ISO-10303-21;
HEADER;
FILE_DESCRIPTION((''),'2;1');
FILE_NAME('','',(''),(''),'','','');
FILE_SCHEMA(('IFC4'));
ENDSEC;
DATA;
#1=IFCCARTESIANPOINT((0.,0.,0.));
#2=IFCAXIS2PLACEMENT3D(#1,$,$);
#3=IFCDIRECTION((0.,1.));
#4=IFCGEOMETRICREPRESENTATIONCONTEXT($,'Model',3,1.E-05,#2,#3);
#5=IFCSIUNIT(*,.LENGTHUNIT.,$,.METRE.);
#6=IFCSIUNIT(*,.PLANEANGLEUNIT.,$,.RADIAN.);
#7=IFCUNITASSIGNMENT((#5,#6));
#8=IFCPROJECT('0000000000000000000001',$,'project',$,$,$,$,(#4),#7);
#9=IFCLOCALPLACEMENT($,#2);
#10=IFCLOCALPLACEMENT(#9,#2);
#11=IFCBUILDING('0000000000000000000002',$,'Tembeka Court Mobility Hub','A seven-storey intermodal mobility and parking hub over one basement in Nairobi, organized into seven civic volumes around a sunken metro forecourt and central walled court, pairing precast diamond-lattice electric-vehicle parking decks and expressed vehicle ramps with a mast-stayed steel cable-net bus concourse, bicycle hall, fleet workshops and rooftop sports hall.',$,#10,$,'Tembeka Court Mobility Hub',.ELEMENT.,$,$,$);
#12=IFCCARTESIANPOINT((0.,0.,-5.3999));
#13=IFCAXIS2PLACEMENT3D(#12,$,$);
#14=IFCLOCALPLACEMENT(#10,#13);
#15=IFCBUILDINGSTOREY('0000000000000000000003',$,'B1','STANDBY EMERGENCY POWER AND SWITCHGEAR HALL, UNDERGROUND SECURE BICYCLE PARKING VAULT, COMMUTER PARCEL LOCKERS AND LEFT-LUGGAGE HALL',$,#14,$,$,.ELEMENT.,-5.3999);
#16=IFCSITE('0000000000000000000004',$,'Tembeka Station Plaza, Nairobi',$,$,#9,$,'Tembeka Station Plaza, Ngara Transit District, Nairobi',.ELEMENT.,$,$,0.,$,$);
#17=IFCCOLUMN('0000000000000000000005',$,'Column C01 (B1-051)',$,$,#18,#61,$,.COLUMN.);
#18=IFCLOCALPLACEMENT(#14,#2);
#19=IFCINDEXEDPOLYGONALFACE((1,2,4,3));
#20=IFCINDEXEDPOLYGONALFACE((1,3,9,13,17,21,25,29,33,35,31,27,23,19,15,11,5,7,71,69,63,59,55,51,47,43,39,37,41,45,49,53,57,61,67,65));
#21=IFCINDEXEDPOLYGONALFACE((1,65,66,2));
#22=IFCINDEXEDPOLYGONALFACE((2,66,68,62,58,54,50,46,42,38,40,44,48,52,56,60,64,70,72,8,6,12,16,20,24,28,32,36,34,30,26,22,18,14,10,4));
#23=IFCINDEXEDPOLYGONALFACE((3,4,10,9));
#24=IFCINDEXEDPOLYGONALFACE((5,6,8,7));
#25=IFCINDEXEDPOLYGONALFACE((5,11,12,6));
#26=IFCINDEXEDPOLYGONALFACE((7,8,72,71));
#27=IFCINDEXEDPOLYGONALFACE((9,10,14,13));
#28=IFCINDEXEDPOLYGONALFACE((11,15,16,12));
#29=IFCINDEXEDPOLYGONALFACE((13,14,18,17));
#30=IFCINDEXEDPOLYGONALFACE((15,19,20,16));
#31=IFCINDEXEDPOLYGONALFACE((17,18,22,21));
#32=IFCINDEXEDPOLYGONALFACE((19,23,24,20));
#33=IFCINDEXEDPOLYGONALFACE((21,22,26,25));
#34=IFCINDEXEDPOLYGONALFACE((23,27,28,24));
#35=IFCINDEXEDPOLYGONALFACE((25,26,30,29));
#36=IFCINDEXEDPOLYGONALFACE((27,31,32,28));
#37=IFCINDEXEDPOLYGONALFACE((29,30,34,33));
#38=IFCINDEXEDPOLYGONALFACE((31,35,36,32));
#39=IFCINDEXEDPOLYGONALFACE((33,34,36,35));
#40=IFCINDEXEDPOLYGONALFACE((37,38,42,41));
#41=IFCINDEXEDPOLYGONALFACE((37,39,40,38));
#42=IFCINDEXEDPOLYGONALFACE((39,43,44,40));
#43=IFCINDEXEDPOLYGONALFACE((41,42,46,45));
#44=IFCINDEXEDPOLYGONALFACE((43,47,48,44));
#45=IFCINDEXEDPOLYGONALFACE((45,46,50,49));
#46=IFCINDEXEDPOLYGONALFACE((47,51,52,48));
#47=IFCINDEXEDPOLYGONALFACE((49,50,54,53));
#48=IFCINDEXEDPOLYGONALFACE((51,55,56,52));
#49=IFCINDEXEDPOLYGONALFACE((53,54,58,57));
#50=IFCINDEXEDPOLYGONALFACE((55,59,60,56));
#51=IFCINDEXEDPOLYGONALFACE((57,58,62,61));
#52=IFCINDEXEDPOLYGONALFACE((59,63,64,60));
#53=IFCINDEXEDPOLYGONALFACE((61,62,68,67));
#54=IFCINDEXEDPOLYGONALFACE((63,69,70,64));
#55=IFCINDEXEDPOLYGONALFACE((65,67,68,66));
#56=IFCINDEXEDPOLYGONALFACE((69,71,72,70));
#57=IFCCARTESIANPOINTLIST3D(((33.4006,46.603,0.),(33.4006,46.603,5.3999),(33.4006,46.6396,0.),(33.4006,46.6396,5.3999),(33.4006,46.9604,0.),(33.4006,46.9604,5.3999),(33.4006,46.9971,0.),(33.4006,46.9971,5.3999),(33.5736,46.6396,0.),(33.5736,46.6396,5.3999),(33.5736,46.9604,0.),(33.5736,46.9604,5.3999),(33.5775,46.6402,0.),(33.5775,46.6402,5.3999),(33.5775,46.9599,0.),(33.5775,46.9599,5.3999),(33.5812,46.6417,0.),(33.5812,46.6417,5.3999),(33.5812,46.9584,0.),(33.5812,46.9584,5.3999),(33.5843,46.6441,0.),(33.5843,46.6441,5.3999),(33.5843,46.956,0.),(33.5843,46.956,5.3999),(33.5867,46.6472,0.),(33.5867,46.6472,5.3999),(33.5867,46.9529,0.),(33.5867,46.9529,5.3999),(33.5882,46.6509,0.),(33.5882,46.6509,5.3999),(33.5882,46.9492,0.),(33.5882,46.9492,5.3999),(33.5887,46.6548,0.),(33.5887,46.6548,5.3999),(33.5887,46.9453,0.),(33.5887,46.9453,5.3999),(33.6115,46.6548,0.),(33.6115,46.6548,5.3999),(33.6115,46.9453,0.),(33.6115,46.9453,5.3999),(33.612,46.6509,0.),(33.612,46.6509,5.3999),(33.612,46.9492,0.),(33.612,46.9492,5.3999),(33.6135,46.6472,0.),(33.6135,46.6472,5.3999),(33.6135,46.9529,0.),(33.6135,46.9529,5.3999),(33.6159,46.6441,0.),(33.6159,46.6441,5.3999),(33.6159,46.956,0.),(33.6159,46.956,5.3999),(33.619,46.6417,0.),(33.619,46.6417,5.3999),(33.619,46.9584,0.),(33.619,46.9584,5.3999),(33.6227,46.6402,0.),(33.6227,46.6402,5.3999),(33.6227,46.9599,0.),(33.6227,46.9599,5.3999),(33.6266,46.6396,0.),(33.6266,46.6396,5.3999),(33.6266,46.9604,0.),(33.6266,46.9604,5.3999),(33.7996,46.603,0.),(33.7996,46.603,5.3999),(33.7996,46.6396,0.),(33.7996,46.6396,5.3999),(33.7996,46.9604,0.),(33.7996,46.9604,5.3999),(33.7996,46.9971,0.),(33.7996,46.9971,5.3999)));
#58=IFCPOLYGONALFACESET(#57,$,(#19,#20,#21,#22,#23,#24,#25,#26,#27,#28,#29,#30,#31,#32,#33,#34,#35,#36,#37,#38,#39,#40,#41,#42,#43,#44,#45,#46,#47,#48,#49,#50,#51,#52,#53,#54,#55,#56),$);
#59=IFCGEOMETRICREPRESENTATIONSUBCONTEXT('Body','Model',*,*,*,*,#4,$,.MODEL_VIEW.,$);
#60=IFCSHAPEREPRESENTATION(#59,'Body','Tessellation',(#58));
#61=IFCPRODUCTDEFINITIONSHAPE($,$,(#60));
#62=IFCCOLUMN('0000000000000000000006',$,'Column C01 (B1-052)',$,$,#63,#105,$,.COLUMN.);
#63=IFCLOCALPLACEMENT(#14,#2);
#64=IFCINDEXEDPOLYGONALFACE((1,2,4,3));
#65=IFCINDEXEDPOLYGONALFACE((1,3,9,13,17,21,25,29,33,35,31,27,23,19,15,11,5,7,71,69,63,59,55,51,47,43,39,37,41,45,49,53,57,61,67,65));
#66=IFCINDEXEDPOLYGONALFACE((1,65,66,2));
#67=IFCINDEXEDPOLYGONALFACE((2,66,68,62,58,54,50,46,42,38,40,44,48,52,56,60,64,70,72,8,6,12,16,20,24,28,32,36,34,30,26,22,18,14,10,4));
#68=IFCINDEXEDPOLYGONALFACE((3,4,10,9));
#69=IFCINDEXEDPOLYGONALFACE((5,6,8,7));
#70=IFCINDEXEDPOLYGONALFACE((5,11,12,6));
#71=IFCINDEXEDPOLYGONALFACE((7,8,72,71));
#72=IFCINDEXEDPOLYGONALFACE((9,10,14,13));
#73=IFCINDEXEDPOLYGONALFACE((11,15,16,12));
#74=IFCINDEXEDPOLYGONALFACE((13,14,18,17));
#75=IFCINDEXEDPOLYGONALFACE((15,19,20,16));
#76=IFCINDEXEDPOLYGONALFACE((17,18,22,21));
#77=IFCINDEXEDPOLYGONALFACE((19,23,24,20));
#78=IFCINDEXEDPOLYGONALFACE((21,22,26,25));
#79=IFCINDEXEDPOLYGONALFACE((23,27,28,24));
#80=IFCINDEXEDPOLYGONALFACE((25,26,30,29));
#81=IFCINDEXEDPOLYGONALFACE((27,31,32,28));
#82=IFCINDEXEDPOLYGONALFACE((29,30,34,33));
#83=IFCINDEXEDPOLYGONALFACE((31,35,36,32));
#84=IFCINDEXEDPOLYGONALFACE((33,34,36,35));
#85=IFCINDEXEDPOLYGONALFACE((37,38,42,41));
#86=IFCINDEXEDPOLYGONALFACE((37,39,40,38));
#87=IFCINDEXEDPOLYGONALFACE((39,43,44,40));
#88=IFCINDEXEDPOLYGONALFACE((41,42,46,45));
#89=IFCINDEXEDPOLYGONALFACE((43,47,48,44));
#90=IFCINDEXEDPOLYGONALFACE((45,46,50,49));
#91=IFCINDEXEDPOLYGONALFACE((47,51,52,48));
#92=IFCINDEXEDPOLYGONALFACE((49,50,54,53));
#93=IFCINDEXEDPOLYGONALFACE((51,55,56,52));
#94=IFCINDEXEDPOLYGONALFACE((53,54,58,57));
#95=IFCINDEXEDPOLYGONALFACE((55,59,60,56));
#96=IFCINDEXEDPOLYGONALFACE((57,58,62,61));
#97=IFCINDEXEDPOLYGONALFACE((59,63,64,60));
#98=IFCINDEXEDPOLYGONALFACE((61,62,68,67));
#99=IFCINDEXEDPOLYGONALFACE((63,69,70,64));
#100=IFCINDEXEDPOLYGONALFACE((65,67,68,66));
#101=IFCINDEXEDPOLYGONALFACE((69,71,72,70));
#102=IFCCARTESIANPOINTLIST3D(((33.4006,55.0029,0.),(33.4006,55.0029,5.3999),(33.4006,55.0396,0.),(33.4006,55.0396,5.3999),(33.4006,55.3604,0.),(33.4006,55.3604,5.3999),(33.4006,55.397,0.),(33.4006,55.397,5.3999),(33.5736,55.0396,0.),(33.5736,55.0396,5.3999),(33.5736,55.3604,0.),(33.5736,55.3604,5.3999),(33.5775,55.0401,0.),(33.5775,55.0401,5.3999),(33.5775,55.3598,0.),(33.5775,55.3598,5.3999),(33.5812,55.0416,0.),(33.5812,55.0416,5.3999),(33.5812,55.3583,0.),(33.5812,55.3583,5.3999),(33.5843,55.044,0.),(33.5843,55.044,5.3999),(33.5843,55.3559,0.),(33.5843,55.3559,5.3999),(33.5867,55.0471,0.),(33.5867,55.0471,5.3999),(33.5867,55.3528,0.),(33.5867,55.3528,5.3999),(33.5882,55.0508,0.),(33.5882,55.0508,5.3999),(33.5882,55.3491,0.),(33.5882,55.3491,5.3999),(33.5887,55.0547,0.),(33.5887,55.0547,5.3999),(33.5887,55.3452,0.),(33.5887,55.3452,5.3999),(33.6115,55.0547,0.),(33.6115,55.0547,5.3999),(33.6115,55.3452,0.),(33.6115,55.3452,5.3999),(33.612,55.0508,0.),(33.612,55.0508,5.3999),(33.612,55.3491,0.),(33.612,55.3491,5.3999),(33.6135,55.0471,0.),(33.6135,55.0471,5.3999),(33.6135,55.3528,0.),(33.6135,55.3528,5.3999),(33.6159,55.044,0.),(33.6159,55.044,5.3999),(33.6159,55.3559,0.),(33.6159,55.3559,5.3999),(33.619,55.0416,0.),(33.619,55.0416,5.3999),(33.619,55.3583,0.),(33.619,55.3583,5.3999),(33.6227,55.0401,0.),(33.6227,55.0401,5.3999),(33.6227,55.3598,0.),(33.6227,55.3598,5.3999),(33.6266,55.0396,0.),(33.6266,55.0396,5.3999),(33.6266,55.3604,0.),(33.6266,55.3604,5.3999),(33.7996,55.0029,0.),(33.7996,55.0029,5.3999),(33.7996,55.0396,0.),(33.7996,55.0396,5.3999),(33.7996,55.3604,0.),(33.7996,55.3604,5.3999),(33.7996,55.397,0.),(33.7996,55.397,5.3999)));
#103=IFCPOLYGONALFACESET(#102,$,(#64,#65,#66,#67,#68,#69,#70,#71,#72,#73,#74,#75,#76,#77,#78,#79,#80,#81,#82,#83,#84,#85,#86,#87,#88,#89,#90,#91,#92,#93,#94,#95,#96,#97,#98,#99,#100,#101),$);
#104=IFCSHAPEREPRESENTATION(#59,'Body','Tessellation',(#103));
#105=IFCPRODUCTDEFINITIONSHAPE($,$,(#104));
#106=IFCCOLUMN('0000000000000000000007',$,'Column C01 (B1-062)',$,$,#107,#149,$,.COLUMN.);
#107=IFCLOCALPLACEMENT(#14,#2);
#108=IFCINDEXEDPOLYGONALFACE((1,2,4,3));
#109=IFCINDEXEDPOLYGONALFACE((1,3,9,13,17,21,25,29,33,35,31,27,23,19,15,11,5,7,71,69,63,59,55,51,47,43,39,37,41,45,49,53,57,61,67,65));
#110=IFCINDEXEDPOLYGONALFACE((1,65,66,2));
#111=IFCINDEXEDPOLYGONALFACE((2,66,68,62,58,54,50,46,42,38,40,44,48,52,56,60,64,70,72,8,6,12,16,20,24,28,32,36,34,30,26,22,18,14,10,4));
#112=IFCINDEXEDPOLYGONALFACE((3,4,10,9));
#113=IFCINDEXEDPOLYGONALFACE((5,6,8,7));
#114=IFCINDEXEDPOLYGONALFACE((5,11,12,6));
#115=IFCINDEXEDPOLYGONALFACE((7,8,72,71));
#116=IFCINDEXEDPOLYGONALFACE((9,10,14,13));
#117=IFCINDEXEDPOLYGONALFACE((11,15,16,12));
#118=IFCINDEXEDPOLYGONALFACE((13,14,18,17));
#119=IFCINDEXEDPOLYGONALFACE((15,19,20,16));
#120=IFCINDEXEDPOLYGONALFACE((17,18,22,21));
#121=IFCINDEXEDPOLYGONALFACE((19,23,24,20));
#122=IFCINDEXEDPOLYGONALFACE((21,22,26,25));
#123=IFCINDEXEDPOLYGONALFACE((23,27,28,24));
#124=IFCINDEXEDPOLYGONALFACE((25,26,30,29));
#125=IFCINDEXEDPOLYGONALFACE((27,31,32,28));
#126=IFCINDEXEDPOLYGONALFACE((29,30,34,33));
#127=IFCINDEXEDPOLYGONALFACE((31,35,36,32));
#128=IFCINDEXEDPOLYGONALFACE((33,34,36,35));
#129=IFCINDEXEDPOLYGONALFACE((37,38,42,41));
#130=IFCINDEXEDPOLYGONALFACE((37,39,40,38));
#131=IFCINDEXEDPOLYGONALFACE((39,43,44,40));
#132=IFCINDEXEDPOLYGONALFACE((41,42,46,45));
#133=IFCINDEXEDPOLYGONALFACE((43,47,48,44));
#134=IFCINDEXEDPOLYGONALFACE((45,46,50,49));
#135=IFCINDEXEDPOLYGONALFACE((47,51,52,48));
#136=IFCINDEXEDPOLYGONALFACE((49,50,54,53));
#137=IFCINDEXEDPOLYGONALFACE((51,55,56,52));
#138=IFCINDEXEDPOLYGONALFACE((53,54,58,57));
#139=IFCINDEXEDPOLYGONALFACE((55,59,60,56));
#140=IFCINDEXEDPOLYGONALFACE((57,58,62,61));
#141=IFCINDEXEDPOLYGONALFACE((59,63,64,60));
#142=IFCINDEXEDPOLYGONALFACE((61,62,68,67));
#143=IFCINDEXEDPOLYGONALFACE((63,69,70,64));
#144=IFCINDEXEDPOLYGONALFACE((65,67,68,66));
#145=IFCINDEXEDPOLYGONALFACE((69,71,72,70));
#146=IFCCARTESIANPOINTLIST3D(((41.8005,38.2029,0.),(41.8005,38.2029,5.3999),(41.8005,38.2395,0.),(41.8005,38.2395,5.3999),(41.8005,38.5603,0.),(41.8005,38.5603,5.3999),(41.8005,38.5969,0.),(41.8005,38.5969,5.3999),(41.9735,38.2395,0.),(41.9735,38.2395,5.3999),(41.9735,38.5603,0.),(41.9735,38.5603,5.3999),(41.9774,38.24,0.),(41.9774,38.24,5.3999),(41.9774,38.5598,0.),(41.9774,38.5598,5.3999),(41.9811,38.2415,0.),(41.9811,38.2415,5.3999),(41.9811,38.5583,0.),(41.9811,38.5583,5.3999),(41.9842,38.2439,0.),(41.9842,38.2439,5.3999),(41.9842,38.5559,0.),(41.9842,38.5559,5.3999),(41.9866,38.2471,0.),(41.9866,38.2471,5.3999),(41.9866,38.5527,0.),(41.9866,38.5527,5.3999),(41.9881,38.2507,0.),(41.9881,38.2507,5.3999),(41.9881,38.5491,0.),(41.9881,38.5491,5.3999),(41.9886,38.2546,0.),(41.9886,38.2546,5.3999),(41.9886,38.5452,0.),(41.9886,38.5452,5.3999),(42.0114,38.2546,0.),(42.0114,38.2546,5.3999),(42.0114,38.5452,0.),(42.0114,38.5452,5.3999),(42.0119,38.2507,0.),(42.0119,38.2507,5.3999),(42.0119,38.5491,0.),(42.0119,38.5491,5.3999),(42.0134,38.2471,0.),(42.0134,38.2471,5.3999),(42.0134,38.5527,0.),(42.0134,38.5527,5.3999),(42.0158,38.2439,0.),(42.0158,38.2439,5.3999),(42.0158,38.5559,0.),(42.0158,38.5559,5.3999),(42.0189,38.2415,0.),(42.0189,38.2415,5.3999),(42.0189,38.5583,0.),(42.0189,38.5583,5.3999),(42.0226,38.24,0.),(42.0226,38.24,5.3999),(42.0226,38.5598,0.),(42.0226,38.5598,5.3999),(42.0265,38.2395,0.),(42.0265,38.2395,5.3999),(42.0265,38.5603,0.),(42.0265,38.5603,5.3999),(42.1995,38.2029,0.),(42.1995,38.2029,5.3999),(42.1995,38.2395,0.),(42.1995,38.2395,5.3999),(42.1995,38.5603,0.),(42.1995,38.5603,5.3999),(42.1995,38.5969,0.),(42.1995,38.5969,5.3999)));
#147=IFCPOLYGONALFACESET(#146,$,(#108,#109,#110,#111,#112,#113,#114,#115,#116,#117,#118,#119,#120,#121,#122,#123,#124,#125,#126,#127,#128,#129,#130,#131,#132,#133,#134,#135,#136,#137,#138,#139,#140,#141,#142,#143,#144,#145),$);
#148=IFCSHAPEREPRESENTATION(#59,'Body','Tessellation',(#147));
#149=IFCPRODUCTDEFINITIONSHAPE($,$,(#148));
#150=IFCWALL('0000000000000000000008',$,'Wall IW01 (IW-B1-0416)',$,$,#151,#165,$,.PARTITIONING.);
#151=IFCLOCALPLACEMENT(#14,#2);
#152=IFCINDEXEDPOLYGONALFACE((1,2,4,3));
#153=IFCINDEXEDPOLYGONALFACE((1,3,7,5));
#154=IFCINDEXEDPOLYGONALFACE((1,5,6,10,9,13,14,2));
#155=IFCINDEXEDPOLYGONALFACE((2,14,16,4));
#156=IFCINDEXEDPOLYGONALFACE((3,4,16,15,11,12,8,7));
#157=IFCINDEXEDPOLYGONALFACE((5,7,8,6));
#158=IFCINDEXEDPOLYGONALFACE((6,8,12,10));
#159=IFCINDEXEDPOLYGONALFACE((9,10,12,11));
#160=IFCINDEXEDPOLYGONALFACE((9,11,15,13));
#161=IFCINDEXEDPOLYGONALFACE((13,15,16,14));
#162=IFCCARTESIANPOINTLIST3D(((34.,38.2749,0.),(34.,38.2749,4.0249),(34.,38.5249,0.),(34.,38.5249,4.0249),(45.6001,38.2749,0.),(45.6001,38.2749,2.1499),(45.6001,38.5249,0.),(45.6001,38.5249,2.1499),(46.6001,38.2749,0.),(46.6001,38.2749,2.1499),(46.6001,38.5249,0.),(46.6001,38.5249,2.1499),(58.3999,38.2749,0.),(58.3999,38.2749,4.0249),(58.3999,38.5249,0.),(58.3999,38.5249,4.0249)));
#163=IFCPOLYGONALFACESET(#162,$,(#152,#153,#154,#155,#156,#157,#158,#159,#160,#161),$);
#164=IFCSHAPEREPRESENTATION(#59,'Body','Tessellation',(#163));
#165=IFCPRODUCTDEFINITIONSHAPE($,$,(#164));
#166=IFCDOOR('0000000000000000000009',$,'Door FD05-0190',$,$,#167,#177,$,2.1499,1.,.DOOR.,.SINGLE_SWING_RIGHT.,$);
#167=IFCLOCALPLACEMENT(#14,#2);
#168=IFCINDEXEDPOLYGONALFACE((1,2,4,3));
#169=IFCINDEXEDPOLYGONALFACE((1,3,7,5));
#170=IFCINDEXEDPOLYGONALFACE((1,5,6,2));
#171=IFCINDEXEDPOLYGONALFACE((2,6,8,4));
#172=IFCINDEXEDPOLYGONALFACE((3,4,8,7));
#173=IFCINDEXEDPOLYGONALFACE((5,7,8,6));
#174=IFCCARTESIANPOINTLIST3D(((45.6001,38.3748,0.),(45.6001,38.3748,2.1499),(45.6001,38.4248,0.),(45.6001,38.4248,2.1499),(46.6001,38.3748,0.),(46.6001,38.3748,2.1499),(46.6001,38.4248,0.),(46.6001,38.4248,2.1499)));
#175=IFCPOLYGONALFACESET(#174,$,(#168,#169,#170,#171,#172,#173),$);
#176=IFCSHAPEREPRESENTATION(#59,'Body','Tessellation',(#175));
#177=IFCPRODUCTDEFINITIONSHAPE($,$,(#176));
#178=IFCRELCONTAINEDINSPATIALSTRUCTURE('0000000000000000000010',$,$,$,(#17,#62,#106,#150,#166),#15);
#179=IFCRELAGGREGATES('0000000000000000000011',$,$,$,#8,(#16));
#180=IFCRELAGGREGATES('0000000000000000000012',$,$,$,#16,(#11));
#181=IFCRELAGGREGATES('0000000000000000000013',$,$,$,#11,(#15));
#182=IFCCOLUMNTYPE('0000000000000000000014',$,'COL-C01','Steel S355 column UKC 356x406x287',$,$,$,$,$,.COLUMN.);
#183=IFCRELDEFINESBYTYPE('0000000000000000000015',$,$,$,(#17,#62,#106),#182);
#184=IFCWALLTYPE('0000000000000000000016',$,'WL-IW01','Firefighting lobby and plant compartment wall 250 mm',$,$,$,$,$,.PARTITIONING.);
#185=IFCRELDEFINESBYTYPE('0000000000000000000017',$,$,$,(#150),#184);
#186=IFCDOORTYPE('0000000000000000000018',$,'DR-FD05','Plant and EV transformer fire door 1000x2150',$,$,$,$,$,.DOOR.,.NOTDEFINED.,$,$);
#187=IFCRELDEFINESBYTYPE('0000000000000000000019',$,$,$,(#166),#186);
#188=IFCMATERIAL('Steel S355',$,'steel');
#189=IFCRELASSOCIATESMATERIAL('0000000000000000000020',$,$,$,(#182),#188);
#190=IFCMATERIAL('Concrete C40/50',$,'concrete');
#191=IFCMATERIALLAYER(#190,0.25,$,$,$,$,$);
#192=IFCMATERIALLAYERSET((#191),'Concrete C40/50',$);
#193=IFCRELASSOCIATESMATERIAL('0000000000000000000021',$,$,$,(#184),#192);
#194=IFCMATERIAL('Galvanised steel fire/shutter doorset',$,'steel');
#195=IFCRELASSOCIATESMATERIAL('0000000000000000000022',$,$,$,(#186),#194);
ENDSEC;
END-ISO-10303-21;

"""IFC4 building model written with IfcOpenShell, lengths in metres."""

from ifc_helpers import new_model, si_unit, direction, frame, frame_2d, origin, origin_2d, place, context, subcontext, project, spatial, rectangle, i_section, extrude, material, layer, layer_set, material_profile, profile_set, type_object, element, fill, save


model = new_model("IFC4")

# Units and contexts
model_context = context("Model", 3, precision=1e-05, world=origin(), true_north=direction((0.0, 1.0)))
body_context = subcontext(model_context, "Body", "Model", "MODEL_VIEW")
ifc_project = project(units=[si_unit("LENGTHUNIT", "METRE"), si_unit("PLANEANGLEUNIT", "RADIAN")], contexts=[model_context])

# Site, building, storey
site_placement = place(None, origin())
site = spatial("IfcSite", under=ifc_project, at=site_placement, Name="Tembeka Station Plaza, Nairobi", LongName="Tembeka Station Plaza, Ngara Transit District, Nairobi", CompositionType="ELEMENT", RefElevation=0.0)
building_placement = place(site_placement, origin())
building = spatial("IfcBuilding", under=site, at=building_placement, Name="Tembeka Court Mobility Hub", Description="A seven-storey intermodal mobility and parking hub over one basement in Nairobi, organized into seven civic volumes around a sunken metro forecourt and central walled court, pairing precast diamond-lattice electric-vehicle parking decks and expressed vehicle ramps with a mast-stayed steel cable-net bus concourse, bicycle hall, fleet workshops and rooftop sports hall.", LongName="Tembeka Court Mobility Hub", CompositionType="ELEMENT")
storey_placement = place(building_placement, frame((0.0, 0.0, -5.3999)))
storey = spatial("IfcBuildingStorey", under=building, at=storey_placement, Name="B1", Description="STANDBY EMERGENCY POWER AND SWITCHGEAR HALL, UNDERGROUND SECURE BICYCLE PARKING VAULT, COMMUTER PARCEL LOCKERS AND LEFT-LUGGAGE HALL", CompositionType="ELEMENT", Elevation=-5.3999)

# Shared definitions
ifc_material_1 = material(Name="Concrete C40/50", Category="concrete")

# Columns
ifc_material_2 = material(Name="Steel S355", Category="steel")
ifc_material_profile_1 = material_profile(ifc_material_2, i_section(OverallWidth=0.3989, OverallDepth=0.394, WebThickness=0.0227, FlangeThickness=0.0366, FilletRadius=0.0151, at=origin_2d()), Name="UKC 356x406x287")
ifc_profile_set_1 = profile_set([ifc_material_profile_1], Name="Steel S355")
column_type = type_object("IfcColumnType", Name="COL-C01", Description="Steel S355 column UKC 356x406x287", PredefinedType="COLUMN", material=ifc_profile_set_1)
for number, where, z_axis, x_axis, name in (
    (1, (33.6001, 46.8, 0.0), (0.0, 0.0, 1.0), (1.0, 0.0, 0.0), "Column C01 (B1-051)"),
    (2, (33.6001, 55.2, 0.0), (0.0, 0.0, 1.0), (1.0, 0.0, 0.0), "Column C01 (B1-052)"),
    (3, (42.0, 38.3999, 0.0), (0.0, 0.0, 1.0), (1.0, 0.0, 0.0), "Column C01 (B1-062)"),
):
    element("IfcColumn", number, at=place(storey_placement, frame(where, z_axis=z_axis, x_axis=x_axis)), inside=storey, type_object=column_type, Name=name, PredefinedType="COLUMN", context=body_context, shape_type="SweptSolid", body=[
        extrude(i_section(OverallWidth=0.3989, OverallDepth=0.394, WebThickness=0.0227, FlangeThickness=0.0366, FilletRadius=0.0151, at=origin_2d()), origin(), (0.0, 0.0, 1.0), 5.3999),
    ])

# Wall, opening, door
ifc_layer = layer(ifc_material_1, 0.25)
ifc_layer_set = layer_set([ifc_layer], Name="Concrete C40/50")
wall_type = type_object("IfcWallType", Name="WL-IW01", Description="Firefighting lobby and plant compartment wall 250 mm", PredefinedType="PARTITIONING", material=ifc_layer_set)
wall_placement = place(storey_placement, frame((34.0, 38.3999, 0.0), z_axis=(0.0, 0.0, 1.0), x_axis=(1.0, 0.0, 0.0)))
wall = element("IfcWall", 4, at=wall_placement, inside=storey, type_object=wall_type, Name="Wall IW01 (IW-B1-0416)", PredefinedType="PARTITIONING", context=body_context, shape_type="SweptSolid", body=[
    extrude(rectangle(XDim=24.3999, YDim=0.25, at=frame_2d((12.2, 0.0))), origin(), (0.0, 0.0, 1.0), 4.0249),
])
opening_placement = place(wall_placement, frame((11.6001, 0.0, 0.0)))
opening = element("IfcOpeningElement", 5, at=opening_placement, cuts=wall, PredefinedType="OPENING", context=body_context, shape_type="SweptSolid", body=[
    extrude(rectangle(XDim=1.0, YDim=2.1499, at=frame_2d((0.5, 1.075))), frame((0.0, 0.135, 0.0), z_axis=(0.0, -1.0, 0.0), x_axis=(1.0, 0.0, 0.0)), (0.0, 0.0, 1.0), 0.27),
])
ifc_material_3 = material(Name="Galvanised steel fire/shutter doorset", Category="steel")
door_type = type_object("IfcDoorType", Name="DR-FD05", Description="Plant and EV transformer fire door 1000x2150", OperationType="NOTDEFINED", PredefinedType="DOOR", material=ifc_material_3)
door_placement = place(opening_placement, origin())
door = element("IfcDoor", 6, at=door_placement, inside=storey, type_object=door_type, Name="Door FD05-0190", OperationType="SINGLE_SWING_RIGHT", OverallHeight=2.1499, OverallWidth=1.0, PredefinedType="DOOR", context=body_context, shape_type="SweptSolid", body=[
    extrude(rectangle(XDim=1.0, YDim=2.1499, at=frame_2d((0.5, 1.075))), frame((0.0, 0.0249, 0.0), z_axis=(0.0, -1.0, 0.0), x_axis=(1.0, 0.0, 0.0)), (0.0, 0.0, 1.0), 0.05),
])
fill(opening, door)

save(model, "model.ifc")
